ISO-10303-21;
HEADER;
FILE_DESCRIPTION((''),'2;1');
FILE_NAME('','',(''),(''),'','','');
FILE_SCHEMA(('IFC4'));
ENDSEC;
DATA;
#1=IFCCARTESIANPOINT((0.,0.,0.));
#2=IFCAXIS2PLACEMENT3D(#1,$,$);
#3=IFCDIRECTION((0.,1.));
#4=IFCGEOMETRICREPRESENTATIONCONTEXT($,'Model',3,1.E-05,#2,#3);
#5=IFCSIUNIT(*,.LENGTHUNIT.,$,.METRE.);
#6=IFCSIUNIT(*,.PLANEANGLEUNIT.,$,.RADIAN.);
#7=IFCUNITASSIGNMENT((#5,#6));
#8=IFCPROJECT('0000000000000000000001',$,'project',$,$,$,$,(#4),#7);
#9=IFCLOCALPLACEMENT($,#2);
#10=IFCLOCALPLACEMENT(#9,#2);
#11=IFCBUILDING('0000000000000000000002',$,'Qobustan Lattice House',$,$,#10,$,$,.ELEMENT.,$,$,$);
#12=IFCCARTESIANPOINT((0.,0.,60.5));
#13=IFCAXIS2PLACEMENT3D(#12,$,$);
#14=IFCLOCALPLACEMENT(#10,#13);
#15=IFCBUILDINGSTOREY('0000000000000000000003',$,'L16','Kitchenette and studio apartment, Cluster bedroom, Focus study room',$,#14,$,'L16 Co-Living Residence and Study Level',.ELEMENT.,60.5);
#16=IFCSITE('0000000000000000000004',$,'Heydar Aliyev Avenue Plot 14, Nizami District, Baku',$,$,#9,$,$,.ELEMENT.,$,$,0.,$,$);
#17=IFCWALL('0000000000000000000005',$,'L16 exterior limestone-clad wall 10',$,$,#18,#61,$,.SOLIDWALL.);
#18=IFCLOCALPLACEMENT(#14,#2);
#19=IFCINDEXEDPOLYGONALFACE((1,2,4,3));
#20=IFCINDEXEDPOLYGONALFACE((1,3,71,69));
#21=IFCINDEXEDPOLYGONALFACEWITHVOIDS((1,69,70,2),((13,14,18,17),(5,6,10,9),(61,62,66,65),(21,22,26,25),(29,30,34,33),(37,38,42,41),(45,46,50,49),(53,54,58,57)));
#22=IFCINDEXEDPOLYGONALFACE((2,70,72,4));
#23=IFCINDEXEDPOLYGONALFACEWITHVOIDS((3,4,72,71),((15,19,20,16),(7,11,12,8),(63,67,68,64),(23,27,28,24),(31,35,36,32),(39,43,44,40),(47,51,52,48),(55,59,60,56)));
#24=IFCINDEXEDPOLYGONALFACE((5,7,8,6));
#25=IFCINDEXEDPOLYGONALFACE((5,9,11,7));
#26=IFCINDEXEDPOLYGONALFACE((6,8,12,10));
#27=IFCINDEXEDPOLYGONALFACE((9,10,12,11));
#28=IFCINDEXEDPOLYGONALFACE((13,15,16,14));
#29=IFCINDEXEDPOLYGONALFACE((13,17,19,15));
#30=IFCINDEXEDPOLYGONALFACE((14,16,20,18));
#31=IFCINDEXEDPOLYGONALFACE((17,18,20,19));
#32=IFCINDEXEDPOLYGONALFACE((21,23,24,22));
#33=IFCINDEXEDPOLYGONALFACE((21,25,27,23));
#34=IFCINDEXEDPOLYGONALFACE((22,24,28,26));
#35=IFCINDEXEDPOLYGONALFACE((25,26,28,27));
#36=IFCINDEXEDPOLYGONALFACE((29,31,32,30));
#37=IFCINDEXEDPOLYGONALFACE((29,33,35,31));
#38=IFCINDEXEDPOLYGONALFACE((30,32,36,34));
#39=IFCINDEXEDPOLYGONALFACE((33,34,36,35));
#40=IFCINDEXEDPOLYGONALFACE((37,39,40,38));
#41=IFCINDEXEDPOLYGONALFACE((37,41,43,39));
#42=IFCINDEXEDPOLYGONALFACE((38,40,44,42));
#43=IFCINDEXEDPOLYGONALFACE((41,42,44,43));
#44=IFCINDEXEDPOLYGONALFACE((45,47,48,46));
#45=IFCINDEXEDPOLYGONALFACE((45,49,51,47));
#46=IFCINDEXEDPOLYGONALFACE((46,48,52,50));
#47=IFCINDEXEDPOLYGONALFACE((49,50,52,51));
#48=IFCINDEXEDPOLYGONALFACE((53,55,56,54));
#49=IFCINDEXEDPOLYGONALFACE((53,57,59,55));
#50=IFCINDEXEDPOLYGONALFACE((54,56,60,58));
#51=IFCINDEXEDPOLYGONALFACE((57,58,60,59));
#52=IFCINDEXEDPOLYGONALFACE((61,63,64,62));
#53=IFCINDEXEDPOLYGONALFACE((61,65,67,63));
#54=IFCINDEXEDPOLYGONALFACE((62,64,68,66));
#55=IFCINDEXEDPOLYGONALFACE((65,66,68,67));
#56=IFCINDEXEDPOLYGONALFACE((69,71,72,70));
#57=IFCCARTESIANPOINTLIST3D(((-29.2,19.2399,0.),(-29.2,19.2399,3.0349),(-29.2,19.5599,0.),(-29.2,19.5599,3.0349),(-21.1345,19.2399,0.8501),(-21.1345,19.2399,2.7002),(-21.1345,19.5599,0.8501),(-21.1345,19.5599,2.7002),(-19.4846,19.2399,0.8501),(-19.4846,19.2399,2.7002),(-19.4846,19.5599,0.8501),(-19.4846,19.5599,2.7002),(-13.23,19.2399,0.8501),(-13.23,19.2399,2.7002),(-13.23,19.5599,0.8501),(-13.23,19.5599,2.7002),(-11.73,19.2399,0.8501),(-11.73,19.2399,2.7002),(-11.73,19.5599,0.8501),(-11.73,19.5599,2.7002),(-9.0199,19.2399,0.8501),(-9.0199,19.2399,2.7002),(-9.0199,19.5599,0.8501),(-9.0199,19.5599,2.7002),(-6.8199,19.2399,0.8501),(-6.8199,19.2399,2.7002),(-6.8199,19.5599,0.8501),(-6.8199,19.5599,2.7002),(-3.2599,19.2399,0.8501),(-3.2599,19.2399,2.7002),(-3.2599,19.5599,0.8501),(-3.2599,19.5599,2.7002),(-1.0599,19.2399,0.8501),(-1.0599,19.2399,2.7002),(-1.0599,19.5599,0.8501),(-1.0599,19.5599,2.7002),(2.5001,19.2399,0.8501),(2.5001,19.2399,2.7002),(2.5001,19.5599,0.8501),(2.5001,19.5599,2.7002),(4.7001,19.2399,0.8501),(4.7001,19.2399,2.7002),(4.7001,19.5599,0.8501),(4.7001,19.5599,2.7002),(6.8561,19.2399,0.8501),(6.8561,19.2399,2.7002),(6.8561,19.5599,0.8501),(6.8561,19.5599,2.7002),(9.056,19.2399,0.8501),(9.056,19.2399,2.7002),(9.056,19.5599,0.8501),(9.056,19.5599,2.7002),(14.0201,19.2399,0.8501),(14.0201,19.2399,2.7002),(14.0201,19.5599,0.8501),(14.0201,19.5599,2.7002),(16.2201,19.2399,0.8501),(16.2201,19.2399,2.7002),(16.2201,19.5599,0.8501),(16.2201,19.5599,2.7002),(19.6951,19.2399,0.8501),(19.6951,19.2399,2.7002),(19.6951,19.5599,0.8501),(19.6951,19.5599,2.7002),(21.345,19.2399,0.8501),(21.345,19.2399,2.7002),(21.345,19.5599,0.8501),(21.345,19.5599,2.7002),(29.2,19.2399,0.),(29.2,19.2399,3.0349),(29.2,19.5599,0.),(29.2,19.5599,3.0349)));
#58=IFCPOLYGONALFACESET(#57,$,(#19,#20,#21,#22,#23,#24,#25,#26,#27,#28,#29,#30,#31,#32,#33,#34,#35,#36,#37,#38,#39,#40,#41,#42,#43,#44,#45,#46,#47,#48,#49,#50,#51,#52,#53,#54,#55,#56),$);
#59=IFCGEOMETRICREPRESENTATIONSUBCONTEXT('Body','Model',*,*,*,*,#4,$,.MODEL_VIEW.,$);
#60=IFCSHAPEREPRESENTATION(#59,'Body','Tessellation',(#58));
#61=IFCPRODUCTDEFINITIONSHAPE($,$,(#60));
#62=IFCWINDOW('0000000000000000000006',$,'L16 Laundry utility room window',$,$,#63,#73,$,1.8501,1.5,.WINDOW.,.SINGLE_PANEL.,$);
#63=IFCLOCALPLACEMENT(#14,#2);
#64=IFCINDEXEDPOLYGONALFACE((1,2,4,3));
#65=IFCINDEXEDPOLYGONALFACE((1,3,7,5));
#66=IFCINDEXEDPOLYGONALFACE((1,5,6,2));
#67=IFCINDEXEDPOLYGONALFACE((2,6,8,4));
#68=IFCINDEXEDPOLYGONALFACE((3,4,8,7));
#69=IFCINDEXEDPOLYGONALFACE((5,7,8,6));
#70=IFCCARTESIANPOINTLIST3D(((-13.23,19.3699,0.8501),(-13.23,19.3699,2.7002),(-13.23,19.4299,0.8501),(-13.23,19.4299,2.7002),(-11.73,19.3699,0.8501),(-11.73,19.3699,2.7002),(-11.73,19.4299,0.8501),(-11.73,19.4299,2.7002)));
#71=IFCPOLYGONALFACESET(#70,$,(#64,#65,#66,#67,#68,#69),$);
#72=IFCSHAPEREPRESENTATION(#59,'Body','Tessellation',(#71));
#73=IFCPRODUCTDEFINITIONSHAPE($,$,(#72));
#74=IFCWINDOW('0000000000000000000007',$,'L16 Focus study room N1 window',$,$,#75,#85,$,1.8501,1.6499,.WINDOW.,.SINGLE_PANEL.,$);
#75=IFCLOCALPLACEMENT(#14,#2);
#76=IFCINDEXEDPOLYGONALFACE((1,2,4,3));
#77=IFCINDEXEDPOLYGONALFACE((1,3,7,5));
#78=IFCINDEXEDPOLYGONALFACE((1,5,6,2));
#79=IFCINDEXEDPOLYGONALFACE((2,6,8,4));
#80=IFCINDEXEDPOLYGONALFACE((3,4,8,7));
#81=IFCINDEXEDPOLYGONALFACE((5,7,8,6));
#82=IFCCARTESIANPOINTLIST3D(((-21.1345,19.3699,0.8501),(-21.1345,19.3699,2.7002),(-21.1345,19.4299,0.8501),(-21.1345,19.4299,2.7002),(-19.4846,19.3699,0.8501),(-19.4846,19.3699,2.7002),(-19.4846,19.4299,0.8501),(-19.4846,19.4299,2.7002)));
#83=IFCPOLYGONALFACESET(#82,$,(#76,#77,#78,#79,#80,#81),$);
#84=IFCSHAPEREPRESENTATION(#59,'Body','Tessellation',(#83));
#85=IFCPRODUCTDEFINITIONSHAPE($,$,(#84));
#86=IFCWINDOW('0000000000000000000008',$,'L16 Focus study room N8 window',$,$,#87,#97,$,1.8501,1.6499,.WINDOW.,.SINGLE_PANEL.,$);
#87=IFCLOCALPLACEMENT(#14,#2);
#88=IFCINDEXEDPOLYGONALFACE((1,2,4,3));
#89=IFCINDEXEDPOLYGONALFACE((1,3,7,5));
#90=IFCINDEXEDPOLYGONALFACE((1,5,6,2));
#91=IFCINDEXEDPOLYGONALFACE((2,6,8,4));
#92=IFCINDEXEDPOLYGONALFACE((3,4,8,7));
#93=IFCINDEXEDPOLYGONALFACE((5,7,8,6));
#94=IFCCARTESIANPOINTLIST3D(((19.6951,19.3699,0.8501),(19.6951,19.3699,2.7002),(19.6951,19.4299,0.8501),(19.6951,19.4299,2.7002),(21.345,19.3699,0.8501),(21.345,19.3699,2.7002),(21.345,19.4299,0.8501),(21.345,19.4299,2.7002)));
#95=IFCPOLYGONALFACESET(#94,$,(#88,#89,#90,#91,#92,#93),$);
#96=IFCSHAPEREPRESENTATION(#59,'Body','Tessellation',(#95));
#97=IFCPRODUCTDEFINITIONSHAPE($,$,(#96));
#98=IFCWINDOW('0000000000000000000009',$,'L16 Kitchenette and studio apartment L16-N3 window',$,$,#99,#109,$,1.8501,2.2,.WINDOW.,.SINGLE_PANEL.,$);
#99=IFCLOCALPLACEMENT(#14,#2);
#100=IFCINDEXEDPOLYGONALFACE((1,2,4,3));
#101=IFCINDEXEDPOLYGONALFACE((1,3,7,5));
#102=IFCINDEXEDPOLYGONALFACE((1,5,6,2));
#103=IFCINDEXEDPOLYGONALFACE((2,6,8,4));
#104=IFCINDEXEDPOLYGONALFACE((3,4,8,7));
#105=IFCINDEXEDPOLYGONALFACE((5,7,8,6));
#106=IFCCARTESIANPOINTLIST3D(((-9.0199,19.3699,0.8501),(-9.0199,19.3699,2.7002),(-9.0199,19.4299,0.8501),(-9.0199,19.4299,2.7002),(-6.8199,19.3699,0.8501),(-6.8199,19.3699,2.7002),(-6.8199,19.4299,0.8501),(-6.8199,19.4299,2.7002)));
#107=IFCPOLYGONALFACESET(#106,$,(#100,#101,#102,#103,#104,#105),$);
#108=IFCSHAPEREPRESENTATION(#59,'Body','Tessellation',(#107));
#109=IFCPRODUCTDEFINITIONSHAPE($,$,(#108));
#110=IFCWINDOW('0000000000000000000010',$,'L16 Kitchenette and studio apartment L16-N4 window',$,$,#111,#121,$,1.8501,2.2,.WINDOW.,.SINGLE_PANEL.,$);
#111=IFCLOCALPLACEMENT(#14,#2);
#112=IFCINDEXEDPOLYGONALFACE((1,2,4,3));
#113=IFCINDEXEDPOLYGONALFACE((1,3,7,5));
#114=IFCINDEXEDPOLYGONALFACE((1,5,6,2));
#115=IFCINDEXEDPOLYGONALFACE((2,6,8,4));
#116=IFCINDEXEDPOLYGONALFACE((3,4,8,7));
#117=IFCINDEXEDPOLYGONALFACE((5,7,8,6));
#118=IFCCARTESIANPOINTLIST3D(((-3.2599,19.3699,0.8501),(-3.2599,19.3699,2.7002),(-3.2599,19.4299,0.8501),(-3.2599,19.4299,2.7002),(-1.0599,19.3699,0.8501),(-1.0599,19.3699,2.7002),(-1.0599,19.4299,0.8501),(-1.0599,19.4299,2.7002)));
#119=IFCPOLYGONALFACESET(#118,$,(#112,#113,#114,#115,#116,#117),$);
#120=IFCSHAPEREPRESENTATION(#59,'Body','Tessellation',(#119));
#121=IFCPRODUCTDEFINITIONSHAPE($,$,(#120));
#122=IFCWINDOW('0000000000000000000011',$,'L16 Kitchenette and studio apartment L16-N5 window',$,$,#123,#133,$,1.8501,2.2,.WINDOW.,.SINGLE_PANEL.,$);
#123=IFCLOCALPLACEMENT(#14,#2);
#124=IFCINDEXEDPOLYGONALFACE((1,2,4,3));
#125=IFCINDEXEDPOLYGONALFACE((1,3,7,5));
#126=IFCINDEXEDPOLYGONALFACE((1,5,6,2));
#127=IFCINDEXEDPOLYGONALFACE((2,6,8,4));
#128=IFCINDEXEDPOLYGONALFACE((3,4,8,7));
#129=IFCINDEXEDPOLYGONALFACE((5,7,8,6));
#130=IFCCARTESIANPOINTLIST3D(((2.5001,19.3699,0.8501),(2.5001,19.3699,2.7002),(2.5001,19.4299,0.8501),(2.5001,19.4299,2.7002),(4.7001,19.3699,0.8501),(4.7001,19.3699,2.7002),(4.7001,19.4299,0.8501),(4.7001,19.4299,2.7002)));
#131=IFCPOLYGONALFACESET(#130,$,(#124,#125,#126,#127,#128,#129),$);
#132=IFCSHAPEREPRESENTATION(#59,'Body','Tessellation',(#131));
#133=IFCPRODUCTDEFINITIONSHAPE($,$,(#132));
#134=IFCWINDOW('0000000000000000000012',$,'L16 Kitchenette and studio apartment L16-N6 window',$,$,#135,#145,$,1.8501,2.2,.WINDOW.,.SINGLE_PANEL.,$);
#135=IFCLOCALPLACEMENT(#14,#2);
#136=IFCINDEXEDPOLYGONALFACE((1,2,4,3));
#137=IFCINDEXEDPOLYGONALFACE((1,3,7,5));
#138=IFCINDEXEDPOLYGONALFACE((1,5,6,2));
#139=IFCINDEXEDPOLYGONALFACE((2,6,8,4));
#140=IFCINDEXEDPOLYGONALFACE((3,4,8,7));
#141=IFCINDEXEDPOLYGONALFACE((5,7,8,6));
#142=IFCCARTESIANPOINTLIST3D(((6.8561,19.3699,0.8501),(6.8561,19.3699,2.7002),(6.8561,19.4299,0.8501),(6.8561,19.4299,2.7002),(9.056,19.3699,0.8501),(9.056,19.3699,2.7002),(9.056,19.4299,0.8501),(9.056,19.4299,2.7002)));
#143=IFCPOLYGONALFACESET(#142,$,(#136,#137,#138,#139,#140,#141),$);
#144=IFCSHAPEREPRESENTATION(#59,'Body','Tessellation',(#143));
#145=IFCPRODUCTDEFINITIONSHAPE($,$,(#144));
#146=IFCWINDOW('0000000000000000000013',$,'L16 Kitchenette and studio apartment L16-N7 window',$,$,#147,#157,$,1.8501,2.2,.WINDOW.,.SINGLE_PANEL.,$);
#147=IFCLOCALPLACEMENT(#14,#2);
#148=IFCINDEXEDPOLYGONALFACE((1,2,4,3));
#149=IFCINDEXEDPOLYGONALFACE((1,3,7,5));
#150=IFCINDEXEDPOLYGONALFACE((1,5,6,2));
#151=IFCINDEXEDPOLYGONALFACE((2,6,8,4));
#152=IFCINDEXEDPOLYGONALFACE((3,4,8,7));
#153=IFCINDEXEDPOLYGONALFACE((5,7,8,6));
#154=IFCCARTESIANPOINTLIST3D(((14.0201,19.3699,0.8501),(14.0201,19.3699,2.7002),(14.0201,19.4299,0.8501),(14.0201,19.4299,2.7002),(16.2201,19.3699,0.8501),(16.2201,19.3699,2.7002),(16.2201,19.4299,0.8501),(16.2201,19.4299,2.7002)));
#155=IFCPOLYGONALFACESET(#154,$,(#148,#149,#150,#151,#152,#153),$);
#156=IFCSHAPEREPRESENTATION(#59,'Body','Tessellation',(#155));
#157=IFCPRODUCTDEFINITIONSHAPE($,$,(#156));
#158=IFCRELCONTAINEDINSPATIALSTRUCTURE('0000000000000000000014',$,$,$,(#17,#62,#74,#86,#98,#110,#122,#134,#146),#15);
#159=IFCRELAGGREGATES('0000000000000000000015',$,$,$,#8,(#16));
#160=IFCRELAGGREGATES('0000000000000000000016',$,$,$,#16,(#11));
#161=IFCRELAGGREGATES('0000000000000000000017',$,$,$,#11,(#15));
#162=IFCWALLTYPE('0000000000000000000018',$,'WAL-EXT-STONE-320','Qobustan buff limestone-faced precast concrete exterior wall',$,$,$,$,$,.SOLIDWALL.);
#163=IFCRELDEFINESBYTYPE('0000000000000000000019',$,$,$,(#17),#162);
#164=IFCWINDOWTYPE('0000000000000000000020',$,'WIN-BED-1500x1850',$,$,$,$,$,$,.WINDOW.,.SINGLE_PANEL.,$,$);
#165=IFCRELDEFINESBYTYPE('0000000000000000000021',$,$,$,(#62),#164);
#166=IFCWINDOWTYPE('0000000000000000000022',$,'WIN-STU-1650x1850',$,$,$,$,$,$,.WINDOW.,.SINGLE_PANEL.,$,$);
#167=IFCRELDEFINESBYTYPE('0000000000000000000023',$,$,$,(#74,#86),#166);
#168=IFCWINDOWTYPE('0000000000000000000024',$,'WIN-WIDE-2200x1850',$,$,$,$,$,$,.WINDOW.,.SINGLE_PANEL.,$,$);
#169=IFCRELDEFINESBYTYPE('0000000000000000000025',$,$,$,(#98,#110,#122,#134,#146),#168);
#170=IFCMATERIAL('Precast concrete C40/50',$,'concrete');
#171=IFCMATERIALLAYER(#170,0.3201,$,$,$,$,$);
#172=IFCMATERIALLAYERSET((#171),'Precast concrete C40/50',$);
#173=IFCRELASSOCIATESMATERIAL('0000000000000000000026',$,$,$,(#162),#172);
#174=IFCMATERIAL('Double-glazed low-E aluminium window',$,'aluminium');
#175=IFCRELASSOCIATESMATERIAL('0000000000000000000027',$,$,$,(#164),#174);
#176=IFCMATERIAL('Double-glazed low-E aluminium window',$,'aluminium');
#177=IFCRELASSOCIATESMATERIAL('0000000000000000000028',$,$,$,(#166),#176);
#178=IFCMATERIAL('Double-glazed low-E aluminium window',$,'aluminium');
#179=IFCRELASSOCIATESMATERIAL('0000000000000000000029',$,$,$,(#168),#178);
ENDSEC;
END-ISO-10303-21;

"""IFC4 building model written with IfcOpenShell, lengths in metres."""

from ifc_helpers import new_model, si_unit, direction, frame, frame_2d, origin, place, context, subcontext, project, spatial, rectangle, extrude, material, layer, layer_set, type_object, element, fill, save


model = new_model("IFC4")

# Units and contexts
model_context = context("Model", 3, precision=1e-05, world=origin(), true_north=direction((0.0, 1.0)))
body_context = subcontext(model_context, "Body", "Model", "MODEL_VIEW")
ifc_project = project(units=[si_unit("LENGTHUNIT", "METRE"), si_unit("PLANEANGLEUNIT", "RADIAN")], contexts=[model_context])

# Site, building, storey
site_placement = place(None, origin())
site = spatial("IfcSite", under=ifc_project, at=site_placement, Name="Heydar Aliyev Avenue Plot 14, Nizami District, Baku", CompositionType="ELEMENT", RefElevation=0.0)
building_placement = place(site_placement, origin())
building = spatial("IfcBuilding", under=site, at=building_placement, Name="Qobustan Lattice House", CompositionType="ELEMENT")
storey_placement = place(building_placement, frame((0.0, 0.0, 60.5)))
storey = spatial("IfcBuildingStorey", under=building, at=storey_placement, Name="L16", Description="Kitchenette and studio apartment, Cluster bedroom, Focus study room", LongName="L16 Co-Living Residence and Study Level", CompositionType="ELEMENT", Elevation=60.5)

# Shared definitions
ifc_material_1 = material(Name="Precast concrete C40/50", Category="concrete")
ifc_layer_1 = layer(ifc_material_1, 0.3201)
ifc_layer_set_1 = layer_set([ifc_layer_1], Name="Precast concrete C40/50")
wall_type = type_object("IfcWallType", Name="WAL-EXT-STONE-320", Description="Qobustan buff limestone-faced precast concrete exterior wall", PredefinedType="SOLIDWALL", material=ifc_layer_set_1)

# Wall, openings, windows
wall_1_placement = place(storey_placement, frame((-29.2, 19.3999, 0.0), z_axis=(0.0, 0.0, 1.0), x_axis=(1.0, 0.0, 0.0)))
wall_1 = element("IfcWall", 1, at=wall_1_placement, inside=storey, type_object=wall_type, Name="L16 exterior limestone-clad wall 10", PredefinedType="SOLIDWALL", context=body_context, shape_type="SweptSolid", body=[
    extrude(rectangle(XDim=58.3999, YDim=0.3201, at=frame_2d((29.2, 0.0))), origin(), (0.0, 0.0, 1.0), 3.0349),
])
opening_1_placement = place(wall_1_placement, frame((8.0654, 0.0, 0.8501)))
opening_1 = element("IfcOpeningElement", 2, at=opening_1_placement, cuts=wall_1, PredefinedType="OPENING", context=body_context, shape_type="SweptSolid", body=[
    extrude(rectangle(XDim=1.6499, YDim=1.8501, at=frame_2d((0.825, 0.925))), frame((0.0, 0.1699, 0.0), z_axis=(0.0, -1.0, 0.0), x_axis=(1.0, 0.0, 0.0)), (0.0, 0.0, 1.0), 0.3401),
])
opening_2_placement = place(wall_1_placement, frame((15.97, 0.0, 0.8501)))
opening_2 = element("IfcOpeningElement", 3, at=opening_2_placement, cuts=wall_1, PredefinedType="OPENING", context=body_context, shape_type="SweptSolid", body=[
    extrude(rectangle(XDim=1.5, YDim=1.8501, at=frame_2d((0.75, 0.925))), frame((0.0, 0.1699, 0.0), z_axis=(0.0, -1.0, 0.0), x_axis=(1.0, 0.0, 0.0)), (0.0, 0.0, 1.0), 0.3401),
])
opening_3_placement = place(wall_1_placement, frame((20.1799, 0.0, 0.8501)))
opening_3 = element("IfcOpeningElement", 4, at=opening_3_placement, cuts=wall_1, PredefinedType="OPENING", context=body_context, shape_type="SweptSolid", body=[
    extrude(rectangle(XDim=2.2, YDim=1.8501, at=frame_2d((1.1001, 0.925))), frame((0.0, 0.1699, 0.0), z_axis=(0.0, -1.0, 0.0), x_axis=(1.0, 0.0, 0.0)), (0.0, 0.0, 1.0), 0.3401),
])
opening_4_placement = place(wall_1_placement, frame((25.9399, 0.0, 0.8501)))
opening_4 = element("IfcOpeningElement", 5, at=opening_4_placement, cuts=wall_1, PredefinedType="OPENING", context=body_context, shape_type="SweptSolid", body=[
    extrude(rectangle(XDim=2.2, YDim=1.8501, at=frame_2d((1.1001, 0.925))), frame((0.0, 0.1699, 0.0), z_axis=(0.0, -1.0, 0.0), x_axis=(1.0, 0.0, 0.0)), (0.0, 0.0, 1.0), 0.3401),
])
opening_5_placement = place(wall_1_placement, frame((31.7, 0.0, 0.8501)))
opening_5 = element("IfcOpeningElement", 6, at=opening_5_placement, cuts=wall_1, PredefinedType="OPENING", context=body_context, shape_type="SweptSolid", body=[
    extrude(rectangle(XDim=2.2, YDim=1.8501, at=frame_2d((1.1001, 0.925))), frame((0.0, 0.1699, 0.0), z_axis=(0.0, -1.0, 0.0), x_axis=(1.0, 0.0, 0.0)), (0.0, 0.0, 1.0), 0.3401),
])
opening_6_placement = place(wall_1_placement, frame((36.0559, 0.0, 0.8501)))
opening_6 = element("IfcOpeningElement", 7, at=opening_6_placement, cuts=wall_1, PredefinedType="OPENING", context=body_context, shape_type="SweptSolid", body=[
    extrude(rectangle(XDim=2.2, YDim=1.8501, at=frame_2d((1.1001, 0.925))), frame((0.0, 0.1699, 0.0), z_axis=(0.0, -1.0, 0.0), x_axis=(1.0, 0.0, 0.0)), (0.0, 0.0, 1.0), 0.3401),
])
opening_7_placement = place(wall_1_placement, frame((43.22, 0.0, 0.8501)))
opening_7 = element("IfcOpeningElement", 8, at=opening_7_placement, cuts=wall_1, PredefinedType="OPENING", context=body_context, shape_type="SweptSolid", body=[
    extrude(rectangle(XDim=2.2, YDim=1.8501, at=frame_2d((1.1001, 0.925))), frame((0.0, 0.1699, 0.0), z_axis=(0.0, -1.0, 0.0), x_axis=(1.0, 0.0, 0.0)), (0.0, 0.0, 1.0), 0.3401),
])
opening_8_placement = place(wall_1_placement, frame((48.895, 0.0, 0.8501)))
opening_8 = element("IfcOpeningElement", 9, at=opening_8_placement, cuts=wall_1, PredefinedType="OPENING", context=body_context, shape_type="SweptSolid", body=[
    extrude(rectangle(XDim=1.6499, YDim=1.8501, at=frame_2d((0.825, 0.925))), frame((0.0, 0.1699, 0.0), z_axis=(0.0, -1.0, 0.0), x_axis=(1.0, 0.0, 0.0)), (0.0, 0.0, 1.0), 0.3401),
])
ifc_material_2 = material(Name="Double-glazed low-E aluminium window", Category="aluminium")
window_type_1 = type_object("IfcWindowType", Name="WIN-BED-1500x1850", PartitioningType="SINGLE_PANEL", PredefinedType="WINDOW", material=ifc_material_2)
window_1_placement = place(opening_2_placement, origin())
window_1 = element("IfcWindow", 10, at=window_1_placement, inside=storey, type_object=window_type_1, Name="L16 Laundry utility room window", OverallHeight=1.8501, OverallWidth=1.5, PartitioningType="SINGLE_PANEL", PredefinedType="WINDOW", context=body_context, shape_type="SweptSolid", body=[
    extrude(rectangle(XDim=1.5, YDim=1.8501, at=frame_2d((0.75, 0.925))), frame((0.0, 0.03, 0.0), z_axis=(0.0, -1.0, 0.0), x_axis=(1.0, 0.0, 0.0)), (0.0, 0.0, 1.0), 0.0601),
])
fill(opening_2, window_1)
ifc_material_3 = material(Name="Double-glazed low-E aluminium window", Category="aluminium")
window_type_2 = type_object("IfcWindowType", Name="WIN-STU-1650x1850", PartitioningType="SINGLE_PANEL", PredefinedType="WINDOW", material=ifc_material_3)
window_2_placement = place(opening_1_placement, origin())
window_2 = element("IfcWindow", 11, at=window_2_placement, inside=storey, type_object=window_type_2, Name="L16 Focus study room N1 window", OverallHeight=1.8501, OverallWidth=1.6499, PartitioningType="SINGLE_PANEL", PredefinedType="WINDOW", context=body_context, shape_type="SweptSolid", body=[
    extrude(rectangle(XDim=1.6499, YDim=1.8501, at=frame_2d((0.825, 0.925))), frame((0.0, 0.03, 0.0), z_axis=(0.0, -1.0, 0.0), x_axis=(1.0, 0.0, 0.0)), (0.0, 0.0, 1.0), 0.0601),
])
fill(opening_1, window_2)
window_3_placement = place(opening_8_placement, origin())
window_3 = element("IfcWindow", 12, at=window_3_placement, inside=storey, type_object=window_type_2, Name="L16 Focus study room N8 window", OverallHeight=1.8501, OverallWidth=1.6499, PartitioningType="SINGLE_PANEL", PredefinedType="WINDOW", context=body_context, shape_type="SweptSolid", body=[
    extrude(rectangle(XDim=1.6499, YDim=1.8501, at=frame_2d((0.825, 0.925))), frame((0.0, 0.03, 0.0), z_axis=(0.0, -1.0, 0.0), x_axis=(1.0, 0.0, 0.0)), (0.0, 0.0, 1.0), 0.0601),
])
fill(opening_8, window_3)
ifc_material_4 = material(Name="Double-glazed low-E aluminium window", Category="aluminium")
window_type_3 = type_object("IfcWindowType", Name="WIN-WIDE-2200x1850", PartitioningType="SINGLE_PANEL", PredefinedType="WINDOW", material=ifc_material_4)
window_4_placement = place(opening_3_placement, origin())
window_4 = element("IfcWindow", 13, at=window_4_placement, inside=storey, type_object=window_type_3, Name="L16 Kitchenette and studio apartment L16-N3 window", OverallHeight=1.8501, OverallWidth=2.2, PartitioningType="SINGLE_PANEL", PredefinedType="WINDOW", context=body_context, shape_type="SweptSolid", body=[
    extrude(rectangle(XDim=2.2, YDim=1.8501, at=frame_2d((1.1001, 0.925))), frame((0.0, 0.03, 0.0), z_axis=(0.0, -1.0, 0.0), x_axis=(1.0, 0.0, 0.0)), (0.0, 0.0, 1.0), 0.0601),
])
fill(opening_3, window_4)
window_5_placement = place(opening_4_placement, origin())
window_5 = element("IfcWindow", 14, at=window_5_placement, inside=storey, type_object=window_type_3, Name="L16 Kitchenette and studio apartment L16-N4 window", OverallHeight=1.8501, OverallWidth=2.2, PartitioningType="SINGLE_PANEL", PredefinedType="WINDOW", context=body_context, shape_type="SweptSolid", body=[
    extrude(rectangle(XDim=2.2, YDim=1.8501, at=frame_2d((1.1001, 0.925))), frame((0.0, 0.03, 0.0), z_axis=(0.0, -1.0, 0.0), x_axis=(1.0, 0.0, 0.0)), (0.0, 0.0, 1.0), 0.0601),
])
fill(opening_4, window_5)
window_6_placement = place(opening_5_placement, origin())
window_6 = element("IfcWindow", 15, at=window_6_placement, inside=storey, type_object=window_type_3, Name="L16 Kitchenette and studio apartment L16-N5 window", OverallHeight=1.8501, OverallWidth=2.2, PartitioningType="SINGLE_PANEL", PredefinedType="WINDOW", context=body_context, shape_type="SweptSolid", body=[
    extrude(rectangle(XDim=2.2, YDim=1.8501, at=frame_2d((1.1001, 0.925))), frame((0.0, 0.03, 0.0), z_axis=(0.0, -1.0, 0.0), x_axis=(1.0, 0.0, 0.0)), (0.0, 0.0, 1.0), 0.0601),
])
fill(opening_5, window_6)
window_7_placement = place(opening_6_placement, origin())
window_7 = element("IfcWindow", 16, at=window_7_placement, inside=storey, type_object=window_type_3, Name="L16 Kitchenette and studio apartment L16-N6 window", OverallHeight=1.8501, OverallWidth=2.2, PartitioningType="SINGLE_PANEL", PredefinedType="WINDOW", context=body_context, shape_type="SweptSolid", body=[
    extrude(rectangle(XDim=2.2, YDim=1.8501, at=frame_2d((1.1001, 0.925))), frame((0.0, 0.03, 0.0), z_axis=(0.0, -1.0, 0.0), x_axis=(1.0, 0.0, 0.0)), (0.0, 0.0, 1.0), 0.0601),
])
fill(opening_6, window_7)
window_8_placement = place(opening_7_placement, origin())
window_8 = element("IfcWindow", 17, at=window_8_placement, inside=storey, type_object=window_type_3, Name="L16 Kitchenette and studio apartment L16-N7 window", OverallHeight=1.8501, OverallWidth=2.2, PartitioningType="SINGLE_PANEL", PredefinedType="WINDOW", context=body_context, shape_type="SweptSolid", body=[
    extrude(rectangle(XDim=2.2, YDim=1.8501, at=frame_2d((1.1001, 0.925))), frame((0.0, 0.03, 0.0), z_axis=(0.0, -1.0, 0.0), x_axis=(1.0, 0.0, 0.0)), (0.0, 0.0, 1.0), 0.0601),
])
fill(opening_7, window_8)

save(model, "model.ifc")
